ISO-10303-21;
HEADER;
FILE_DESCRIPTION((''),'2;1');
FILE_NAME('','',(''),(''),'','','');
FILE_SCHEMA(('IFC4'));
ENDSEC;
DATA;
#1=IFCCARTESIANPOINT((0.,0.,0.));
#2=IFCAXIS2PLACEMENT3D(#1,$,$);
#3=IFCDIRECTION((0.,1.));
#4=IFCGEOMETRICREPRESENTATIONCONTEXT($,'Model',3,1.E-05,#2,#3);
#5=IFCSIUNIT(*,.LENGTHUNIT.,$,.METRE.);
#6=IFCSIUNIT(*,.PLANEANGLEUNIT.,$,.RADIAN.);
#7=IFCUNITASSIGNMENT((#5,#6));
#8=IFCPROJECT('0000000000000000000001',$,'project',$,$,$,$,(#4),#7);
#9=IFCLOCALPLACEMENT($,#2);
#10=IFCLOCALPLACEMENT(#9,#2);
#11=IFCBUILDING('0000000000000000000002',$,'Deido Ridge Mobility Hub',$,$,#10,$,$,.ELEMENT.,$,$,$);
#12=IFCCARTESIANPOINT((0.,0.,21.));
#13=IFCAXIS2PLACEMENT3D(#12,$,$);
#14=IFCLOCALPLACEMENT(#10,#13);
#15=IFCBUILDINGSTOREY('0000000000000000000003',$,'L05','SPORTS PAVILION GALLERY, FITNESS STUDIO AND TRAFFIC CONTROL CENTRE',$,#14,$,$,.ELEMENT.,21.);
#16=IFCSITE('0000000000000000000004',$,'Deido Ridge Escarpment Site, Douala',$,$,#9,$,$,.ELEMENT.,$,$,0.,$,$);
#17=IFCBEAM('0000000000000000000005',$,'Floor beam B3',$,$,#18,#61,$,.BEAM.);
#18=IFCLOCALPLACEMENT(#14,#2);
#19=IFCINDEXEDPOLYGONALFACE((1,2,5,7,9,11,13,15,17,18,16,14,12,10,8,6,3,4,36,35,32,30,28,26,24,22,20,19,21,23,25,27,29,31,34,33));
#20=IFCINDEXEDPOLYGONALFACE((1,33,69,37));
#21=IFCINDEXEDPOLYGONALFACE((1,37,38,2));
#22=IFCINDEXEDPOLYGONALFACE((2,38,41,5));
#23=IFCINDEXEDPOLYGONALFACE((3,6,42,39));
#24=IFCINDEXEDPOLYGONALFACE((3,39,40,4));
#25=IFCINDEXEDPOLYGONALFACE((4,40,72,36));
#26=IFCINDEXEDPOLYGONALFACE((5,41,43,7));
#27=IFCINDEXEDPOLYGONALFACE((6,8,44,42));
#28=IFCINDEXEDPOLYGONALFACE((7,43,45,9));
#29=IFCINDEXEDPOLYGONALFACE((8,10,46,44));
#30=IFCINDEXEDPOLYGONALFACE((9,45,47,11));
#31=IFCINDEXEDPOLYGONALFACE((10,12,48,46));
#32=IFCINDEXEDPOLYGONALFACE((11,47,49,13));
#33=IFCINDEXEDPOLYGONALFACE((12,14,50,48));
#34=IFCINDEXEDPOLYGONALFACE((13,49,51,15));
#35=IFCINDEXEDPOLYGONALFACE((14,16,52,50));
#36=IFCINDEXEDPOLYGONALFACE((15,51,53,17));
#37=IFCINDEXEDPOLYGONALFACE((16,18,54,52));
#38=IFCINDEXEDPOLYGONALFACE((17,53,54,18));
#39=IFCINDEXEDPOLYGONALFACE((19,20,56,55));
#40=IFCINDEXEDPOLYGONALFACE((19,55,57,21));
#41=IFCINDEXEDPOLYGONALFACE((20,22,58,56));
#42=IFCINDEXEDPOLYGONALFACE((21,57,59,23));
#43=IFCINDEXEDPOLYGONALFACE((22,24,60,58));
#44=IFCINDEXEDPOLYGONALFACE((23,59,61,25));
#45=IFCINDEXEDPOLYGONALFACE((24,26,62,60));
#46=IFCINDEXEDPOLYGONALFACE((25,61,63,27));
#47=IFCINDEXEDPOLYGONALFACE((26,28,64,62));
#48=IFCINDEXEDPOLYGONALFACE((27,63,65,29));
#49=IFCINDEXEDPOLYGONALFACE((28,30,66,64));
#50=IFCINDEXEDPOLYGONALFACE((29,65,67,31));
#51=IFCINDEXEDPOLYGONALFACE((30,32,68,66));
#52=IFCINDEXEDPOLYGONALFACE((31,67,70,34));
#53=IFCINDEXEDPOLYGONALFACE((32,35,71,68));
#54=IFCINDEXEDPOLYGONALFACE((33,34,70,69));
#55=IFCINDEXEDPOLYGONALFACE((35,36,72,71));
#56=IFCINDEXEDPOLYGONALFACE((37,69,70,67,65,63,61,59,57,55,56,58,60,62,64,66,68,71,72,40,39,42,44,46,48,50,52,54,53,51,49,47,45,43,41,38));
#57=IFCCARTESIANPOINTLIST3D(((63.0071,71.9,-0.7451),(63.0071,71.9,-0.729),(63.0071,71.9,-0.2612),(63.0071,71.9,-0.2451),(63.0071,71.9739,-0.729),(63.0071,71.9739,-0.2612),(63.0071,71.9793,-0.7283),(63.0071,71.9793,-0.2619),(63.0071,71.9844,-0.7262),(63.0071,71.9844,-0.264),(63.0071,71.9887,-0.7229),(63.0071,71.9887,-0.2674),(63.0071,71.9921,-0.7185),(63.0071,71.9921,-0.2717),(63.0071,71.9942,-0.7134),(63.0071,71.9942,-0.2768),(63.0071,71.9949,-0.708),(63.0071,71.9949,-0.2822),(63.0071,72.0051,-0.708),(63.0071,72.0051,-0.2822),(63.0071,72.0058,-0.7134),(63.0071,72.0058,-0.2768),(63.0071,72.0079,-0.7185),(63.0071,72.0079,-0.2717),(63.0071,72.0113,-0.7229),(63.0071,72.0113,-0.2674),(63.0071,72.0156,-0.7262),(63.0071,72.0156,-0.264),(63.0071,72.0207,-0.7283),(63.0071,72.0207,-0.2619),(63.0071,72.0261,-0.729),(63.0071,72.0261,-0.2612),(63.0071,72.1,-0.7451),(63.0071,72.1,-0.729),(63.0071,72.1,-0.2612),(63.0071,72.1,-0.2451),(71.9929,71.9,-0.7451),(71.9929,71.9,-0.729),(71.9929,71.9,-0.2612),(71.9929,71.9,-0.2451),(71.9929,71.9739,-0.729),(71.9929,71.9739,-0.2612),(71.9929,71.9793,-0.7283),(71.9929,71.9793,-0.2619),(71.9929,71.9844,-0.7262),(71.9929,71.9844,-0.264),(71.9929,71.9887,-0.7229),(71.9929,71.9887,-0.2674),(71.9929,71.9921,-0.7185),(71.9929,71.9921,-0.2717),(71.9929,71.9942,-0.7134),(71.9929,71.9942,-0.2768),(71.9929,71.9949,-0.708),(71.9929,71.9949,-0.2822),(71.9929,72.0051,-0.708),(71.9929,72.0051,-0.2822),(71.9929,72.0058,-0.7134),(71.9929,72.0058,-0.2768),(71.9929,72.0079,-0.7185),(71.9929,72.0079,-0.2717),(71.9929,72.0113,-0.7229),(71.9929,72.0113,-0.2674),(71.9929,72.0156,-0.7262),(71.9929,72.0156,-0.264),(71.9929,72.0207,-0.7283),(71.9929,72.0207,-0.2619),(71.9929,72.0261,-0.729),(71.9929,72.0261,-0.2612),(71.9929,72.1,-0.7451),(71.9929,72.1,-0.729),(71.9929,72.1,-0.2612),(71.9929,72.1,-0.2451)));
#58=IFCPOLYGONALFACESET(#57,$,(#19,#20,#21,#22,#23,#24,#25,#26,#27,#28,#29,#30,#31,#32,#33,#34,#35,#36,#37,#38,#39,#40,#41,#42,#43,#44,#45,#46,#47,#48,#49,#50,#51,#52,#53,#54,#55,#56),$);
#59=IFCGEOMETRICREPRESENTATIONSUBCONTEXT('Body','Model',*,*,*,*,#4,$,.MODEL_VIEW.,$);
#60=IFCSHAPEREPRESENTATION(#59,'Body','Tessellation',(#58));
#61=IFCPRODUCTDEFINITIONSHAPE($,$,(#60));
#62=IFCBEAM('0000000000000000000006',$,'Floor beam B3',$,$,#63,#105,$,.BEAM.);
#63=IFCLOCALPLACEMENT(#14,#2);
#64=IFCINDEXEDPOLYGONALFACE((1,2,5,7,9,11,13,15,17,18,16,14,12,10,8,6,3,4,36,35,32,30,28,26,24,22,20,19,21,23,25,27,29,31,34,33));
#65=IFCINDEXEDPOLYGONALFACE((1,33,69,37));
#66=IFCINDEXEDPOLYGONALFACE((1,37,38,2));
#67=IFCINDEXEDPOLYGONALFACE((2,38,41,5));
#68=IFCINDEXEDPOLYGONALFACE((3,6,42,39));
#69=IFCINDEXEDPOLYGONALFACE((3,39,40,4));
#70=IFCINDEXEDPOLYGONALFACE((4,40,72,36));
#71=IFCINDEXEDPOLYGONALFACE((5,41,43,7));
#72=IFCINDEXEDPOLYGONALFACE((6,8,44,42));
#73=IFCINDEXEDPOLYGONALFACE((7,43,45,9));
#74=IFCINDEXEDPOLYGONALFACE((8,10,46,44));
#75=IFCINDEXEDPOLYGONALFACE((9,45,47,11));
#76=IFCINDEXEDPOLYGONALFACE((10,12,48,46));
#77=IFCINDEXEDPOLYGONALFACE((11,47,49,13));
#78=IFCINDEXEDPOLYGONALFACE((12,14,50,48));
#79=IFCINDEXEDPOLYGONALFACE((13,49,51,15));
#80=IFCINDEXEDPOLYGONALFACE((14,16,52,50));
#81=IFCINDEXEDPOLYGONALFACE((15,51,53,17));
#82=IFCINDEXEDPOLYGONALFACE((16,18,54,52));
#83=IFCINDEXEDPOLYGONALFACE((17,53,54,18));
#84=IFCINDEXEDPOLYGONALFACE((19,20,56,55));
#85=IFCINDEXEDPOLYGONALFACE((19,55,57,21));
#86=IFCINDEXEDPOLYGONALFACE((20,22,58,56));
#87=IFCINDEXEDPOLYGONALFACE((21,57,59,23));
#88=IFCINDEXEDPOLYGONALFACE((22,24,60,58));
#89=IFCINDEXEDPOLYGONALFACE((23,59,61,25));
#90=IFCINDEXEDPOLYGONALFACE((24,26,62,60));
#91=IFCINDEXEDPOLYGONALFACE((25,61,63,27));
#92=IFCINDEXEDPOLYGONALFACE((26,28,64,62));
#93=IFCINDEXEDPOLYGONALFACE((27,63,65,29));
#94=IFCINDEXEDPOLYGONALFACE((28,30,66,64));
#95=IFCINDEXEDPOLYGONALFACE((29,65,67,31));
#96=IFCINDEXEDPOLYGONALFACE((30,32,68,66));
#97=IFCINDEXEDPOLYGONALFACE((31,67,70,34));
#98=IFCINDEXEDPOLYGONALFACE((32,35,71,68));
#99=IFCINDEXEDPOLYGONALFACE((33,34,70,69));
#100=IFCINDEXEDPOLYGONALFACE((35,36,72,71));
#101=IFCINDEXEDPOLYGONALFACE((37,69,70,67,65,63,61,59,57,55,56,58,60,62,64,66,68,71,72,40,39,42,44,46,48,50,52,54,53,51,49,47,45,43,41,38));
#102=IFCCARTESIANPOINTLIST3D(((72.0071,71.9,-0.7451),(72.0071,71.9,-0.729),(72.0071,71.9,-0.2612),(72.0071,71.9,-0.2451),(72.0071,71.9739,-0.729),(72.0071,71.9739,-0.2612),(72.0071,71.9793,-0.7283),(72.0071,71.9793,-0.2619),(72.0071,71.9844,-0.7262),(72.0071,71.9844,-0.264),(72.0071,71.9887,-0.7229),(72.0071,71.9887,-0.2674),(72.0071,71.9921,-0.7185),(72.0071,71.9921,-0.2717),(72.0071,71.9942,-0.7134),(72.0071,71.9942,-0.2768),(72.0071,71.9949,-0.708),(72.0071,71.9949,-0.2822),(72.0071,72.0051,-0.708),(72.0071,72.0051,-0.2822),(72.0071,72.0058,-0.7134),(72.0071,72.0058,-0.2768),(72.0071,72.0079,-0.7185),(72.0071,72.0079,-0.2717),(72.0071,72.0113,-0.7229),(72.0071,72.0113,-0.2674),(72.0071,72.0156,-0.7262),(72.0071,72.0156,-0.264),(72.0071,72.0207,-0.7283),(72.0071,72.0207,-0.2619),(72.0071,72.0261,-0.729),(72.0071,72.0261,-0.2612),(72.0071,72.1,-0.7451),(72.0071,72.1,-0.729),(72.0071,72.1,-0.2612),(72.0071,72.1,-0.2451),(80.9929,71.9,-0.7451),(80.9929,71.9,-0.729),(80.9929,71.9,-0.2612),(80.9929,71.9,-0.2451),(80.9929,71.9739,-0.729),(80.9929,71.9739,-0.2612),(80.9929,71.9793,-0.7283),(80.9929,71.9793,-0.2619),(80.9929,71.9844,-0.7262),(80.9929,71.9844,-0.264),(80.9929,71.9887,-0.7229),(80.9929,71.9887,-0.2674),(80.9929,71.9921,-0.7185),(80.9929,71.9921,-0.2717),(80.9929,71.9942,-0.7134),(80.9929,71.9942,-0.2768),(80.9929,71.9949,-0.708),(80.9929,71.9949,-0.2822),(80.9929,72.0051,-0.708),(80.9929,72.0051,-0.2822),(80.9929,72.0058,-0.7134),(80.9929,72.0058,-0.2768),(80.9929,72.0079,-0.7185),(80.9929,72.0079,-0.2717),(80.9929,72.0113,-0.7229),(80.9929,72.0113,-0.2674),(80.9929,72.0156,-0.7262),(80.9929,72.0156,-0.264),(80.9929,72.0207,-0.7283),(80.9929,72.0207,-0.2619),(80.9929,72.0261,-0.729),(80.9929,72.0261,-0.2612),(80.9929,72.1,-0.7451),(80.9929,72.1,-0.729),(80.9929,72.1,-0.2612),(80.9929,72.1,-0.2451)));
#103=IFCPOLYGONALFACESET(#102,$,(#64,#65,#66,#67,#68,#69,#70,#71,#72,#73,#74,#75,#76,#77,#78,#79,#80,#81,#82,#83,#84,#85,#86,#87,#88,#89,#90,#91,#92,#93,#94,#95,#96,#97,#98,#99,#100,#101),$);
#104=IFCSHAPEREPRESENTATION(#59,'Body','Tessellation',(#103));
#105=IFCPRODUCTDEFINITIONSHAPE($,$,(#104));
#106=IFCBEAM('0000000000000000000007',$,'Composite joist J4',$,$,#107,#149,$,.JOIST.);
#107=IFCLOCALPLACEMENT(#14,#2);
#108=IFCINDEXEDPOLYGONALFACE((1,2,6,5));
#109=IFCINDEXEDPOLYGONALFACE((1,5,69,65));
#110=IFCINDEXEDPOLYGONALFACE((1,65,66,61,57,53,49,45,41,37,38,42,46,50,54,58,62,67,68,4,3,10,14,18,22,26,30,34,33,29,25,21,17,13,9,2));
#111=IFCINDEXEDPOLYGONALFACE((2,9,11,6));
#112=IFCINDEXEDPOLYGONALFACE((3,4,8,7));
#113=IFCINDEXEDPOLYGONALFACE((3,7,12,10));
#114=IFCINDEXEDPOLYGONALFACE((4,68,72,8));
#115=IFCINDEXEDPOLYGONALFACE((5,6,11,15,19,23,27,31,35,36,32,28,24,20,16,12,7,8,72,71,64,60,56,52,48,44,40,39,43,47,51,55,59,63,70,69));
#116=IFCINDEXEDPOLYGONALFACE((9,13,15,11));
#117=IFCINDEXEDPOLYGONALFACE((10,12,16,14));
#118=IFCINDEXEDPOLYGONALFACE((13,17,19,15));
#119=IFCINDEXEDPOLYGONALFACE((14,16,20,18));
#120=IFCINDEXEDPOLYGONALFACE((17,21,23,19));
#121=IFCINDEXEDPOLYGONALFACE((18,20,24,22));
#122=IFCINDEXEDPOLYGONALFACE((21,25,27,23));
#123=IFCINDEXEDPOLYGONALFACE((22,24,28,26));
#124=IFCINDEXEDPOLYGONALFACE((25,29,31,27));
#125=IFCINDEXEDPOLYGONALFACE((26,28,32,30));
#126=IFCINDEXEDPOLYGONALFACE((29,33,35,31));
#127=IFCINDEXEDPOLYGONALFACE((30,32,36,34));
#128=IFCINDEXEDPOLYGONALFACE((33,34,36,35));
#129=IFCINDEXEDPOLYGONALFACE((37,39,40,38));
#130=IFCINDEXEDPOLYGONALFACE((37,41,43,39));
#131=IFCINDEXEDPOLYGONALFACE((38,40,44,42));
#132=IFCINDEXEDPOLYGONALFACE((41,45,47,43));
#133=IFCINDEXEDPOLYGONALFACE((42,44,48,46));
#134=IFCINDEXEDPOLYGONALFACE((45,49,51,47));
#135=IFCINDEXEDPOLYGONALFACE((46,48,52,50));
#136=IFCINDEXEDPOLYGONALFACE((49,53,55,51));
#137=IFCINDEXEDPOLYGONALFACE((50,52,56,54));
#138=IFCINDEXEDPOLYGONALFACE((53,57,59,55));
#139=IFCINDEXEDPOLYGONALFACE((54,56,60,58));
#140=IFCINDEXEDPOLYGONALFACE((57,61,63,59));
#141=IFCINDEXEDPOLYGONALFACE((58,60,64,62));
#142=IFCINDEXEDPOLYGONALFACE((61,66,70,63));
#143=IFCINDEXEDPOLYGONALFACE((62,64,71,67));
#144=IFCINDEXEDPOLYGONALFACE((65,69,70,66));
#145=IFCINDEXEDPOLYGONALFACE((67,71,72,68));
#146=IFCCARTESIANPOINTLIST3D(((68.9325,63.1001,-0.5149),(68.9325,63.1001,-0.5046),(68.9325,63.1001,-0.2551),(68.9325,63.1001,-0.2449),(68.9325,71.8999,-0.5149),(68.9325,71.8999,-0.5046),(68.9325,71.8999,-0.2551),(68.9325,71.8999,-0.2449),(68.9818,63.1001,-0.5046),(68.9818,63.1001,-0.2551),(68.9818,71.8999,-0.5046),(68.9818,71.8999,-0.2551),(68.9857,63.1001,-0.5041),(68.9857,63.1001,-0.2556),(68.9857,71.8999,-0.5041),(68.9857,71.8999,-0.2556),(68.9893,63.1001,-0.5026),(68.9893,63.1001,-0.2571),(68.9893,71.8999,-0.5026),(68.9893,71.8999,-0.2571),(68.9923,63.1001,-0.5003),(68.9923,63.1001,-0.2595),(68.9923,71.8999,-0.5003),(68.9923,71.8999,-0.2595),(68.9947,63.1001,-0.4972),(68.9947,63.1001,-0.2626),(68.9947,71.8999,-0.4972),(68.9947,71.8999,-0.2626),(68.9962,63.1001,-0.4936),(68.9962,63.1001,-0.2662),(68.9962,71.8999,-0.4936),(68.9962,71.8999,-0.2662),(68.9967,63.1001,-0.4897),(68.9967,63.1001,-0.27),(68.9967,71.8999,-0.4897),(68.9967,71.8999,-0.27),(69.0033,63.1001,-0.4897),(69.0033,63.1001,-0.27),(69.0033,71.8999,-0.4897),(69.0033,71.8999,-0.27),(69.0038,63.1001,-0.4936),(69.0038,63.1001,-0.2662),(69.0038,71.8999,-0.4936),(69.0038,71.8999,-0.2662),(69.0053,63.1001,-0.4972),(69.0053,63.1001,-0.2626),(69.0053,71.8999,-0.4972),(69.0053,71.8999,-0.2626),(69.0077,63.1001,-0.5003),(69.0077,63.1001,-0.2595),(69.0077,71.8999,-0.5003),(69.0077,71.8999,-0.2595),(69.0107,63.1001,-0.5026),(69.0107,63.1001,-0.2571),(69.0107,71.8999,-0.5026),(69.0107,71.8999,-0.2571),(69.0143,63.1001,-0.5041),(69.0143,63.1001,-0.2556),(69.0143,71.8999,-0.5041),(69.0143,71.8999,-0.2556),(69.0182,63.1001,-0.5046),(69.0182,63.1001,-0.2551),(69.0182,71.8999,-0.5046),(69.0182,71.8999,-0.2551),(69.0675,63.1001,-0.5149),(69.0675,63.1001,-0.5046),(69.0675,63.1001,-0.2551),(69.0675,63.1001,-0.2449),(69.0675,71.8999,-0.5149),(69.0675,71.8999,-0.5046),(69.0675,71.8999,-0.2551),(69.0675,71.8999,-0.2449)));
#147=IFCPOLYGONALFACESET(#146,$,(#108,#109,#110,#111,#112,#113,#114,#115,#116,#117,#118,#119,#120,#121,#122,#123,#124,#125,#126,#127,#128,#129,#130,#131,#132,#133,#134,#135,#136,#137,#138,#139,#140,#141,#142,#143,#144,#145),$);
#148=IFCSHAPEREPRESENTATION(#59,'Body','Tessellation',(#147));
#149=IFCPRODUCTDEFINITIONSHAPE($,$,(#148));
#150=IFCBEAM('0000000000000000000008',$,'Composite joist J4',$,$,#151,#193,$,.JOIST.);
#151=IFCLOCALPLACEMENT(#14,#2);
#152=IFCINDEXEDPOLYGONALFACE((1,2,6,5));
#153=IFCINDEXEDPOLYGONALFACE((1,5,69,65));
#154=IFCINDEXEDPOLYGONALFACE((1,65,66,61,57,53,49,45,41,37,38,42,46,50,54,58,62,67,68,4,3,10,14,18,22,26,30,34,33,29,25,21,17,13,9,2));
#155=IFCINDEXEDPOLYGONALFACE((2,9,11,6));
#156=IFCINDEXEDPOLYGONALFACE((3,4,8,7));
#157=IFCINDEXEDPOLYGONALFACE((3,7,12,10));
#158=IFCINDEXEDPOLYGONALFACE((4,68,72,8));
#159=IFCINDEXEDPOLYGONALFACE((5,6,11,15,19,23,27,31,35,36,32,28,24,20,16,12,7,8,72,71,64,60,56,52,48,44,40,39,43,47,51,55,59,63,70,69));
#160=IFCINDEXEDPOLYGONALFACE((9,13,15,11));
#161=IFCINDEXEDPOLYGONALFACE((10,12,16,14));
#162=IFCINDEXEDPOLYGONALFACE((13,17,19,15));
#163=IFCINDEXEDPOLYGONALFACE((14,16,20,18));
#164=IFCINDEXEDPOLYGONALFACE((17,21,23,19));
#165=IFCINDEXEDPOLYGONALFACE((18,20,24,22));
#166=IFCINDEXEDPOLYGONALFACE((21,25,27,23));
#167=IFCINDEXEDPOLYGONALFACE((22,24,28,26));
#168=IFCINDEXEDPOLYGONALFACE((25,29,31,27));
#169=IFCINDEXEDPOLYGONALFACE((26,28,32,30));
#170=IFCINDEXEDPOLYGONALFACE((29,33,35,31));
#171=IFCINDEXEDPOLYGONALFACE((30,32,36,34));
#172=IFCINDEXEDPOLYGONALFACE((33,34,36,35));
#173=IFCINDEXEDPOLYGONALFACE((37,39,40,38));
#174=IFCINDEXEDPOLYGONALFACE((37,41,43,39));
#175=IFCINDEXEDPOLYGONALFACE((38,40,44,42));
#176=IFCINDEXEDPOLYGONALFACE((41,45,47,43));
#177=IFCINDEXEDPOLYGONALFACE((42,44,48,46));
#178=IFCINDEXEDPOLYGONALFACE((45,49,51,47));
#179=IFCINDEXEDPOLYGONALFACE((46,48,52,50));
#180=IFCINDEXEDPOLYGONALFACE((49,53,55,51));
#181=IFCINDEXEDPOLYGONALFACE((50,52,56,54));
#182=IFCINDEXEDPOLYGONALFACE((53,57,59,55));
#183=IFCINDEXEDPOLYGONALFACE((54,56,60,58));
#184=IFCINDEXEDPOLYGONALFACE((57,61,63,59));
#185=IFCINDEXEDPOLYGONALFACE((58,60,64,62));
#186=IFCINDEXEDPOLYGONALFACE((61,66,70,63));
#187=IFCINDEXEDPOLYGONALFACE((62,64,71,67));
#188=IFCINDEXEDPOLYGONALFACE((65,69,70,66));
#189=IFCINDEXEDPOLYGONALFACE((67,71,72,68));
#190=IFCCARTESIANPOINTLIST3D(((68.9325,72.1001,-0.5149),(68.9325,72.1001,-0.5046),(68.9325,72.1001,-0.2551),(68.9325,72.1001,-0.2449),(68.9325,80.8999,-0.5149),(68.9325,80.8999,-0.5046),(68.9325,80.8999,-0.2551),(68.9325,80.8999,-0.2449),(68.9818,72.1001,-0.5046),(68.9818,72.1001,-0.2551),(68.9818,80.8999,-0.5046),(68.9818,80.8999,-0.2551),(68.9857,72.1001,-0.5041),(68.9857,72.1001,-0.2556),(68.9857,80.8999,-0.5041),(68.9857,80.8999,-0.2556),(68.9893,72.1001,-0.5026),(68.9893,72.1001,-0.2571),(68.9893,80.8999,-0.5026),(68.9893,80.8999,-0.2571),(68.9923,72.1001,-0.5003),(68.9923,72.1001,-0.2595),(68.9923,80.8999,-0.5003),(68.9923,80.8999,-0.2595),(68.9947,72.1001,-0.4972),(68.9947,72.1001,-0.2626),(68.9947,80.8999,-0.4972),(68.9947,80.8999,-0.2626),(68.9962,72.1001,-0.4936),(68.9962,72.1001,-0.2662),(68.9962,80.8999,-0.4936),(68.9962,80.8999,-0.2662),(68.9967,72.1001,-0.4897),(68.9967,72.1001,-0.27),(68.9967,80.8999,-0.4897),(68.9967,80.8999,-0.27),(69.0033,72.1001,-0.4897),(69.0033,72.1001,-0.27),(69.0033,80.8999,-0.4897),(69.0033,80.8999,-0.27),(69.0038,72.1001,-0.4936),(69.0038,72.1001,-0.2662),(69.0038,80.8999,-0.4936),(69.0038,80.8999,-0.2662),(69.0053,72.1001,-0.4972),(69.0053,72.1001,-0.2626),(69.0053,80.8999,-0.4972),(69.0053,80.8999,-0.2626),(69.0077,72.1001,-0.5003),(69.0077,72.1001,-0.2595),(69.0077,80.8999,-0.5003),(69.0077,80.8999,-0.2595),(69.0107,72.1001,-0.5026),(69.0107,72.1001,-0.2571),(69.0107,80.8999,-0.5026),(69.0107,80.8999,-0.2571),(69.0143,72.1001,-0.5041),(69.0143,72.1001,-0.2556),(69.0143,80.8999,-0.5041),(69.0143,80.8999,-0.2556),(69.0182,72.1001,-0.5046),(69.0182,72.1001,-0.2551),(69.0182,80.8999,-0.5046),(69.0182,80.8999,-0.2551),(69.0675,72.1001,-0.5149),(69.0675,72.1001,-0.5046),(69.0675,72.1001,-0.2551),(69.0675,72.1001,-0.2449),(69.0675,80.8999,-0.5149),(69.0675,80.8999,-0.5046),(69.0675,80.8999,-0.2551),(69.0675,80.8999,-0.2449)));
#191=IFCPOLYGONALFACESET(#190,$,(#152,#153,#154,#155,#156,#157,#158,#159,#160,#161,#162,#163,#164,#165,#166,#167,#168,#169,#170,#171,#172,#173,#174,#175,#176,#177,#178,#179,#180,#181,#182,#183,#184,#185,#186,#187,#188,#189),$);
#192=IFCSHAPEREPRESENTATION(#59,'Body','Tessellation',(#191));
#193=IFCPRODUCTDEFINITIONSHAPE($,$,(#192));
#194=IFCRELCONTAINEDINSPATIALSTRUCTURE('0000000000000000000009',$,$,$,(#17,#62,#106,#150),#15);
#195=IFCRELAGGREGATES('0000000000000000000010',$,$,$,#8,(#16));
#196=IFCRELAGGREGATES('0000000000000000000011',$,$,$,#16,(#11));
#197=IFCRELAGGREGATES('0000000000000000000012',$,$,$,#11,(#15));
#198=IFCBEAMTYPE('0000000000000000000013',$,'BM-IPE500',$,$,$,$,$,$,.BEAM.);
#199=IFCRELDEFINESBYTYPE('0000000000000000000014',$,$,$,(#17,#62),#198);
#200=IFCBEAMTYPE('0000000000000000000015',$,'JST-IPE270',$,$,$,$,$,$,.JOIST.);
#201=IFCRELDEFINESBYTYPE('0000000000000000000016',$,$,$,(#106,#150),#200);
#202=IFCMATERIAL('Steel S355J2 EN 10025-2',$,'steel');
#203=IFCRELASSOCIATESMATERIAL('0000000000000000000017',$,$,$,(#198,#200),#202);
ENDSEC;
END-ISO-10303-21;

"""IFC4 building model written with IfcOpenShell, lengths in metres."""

from ifc_helpers import new_model, si_unit, direction, frame, origin, origin_2d, place, context, subcontext, project, spatial, i_section, extrude, material, material_profile, profile_set, type_object, element, save


model = new_model("IFC4")

# Units and contexts
model_context = context("Model", 3, precision=1e-05, world=origin(), true_north=direction((0.0, 1.0)))
body_context = subcontext(model_context, "Body", "Model", "MODEL_VIEW")
ifc_project = project(units=[si_unit("LENGTHUNIT", "METRE"), si_unit("PLANEANGLEUNIT", "RADIAN")], contexts=[model_context])

# Site, building, storey
site_placement = place(None, origin())
site = spatial("IfcSite", under=ifc_project, at=site_placement, Name="Deido Ridge Escarpment Site, Douala", CompositionType="ELEMENT", RefElevation=0.0)
building_placement = place(site_placement, origin())
building = spatial("IfcBuilding", under=site, at=building_placement, Name="Deido Ridge Mobility Hub", CompositionType="ELEMENT")
storey_placement = place(building_placement, frame((0.0, 0.0, 21.0)))
storey = spatial("IfcBuildingStorey", under=building, at=storey_placement, Name="L05", Description="SPORTS PAVILION GALLERY, FITNESS STUDIO AND TRAFFIC CONTROL CENTRE", CompositionType="ELEMENT", Elevation=21.0)

# Shared definitions
ifc_material_1 = material(Name="Steel S355J2 EN 10025-2", Category="steel")

# Beams
ifc_material_profile_1 = material_profile(ifc_material_1, i_section(OverallWidth=0.2, OverallDepth=0.5, WebThickness=0.0103, FlangeThickness=0.0161, FilletRadius=0.021, at=origin_2d()), Name="IPE 500")
ifc_profile_set_1 = profile_set([ifc_material_profile_1], Name="Steel S355J2 EN 10025-2")
beam_type_1 = type_object("IfcBeamType", Name="BM-IPE500", PredefinedType="BEAM", material=ifc_profile_set_1)
for number, where, z_axis, x_axis, name in (
    (1, (63.0071, 72.0, -0.4951), (1.0, 0.0, 0.0), (0.0, 1.0, 0.0), "Floor beam B3"),
    (2, (72.0071, 72.0, -0.4951), (1.0, 0.0, 0.0), (0.0, 1.0, 0.0), "Floor beam B3"),
):
    element("IfcBeam", number, at=place(storey_placement, frame(where, z_axis=z_axis, x_axis=x_axis)), inside=storey, type_object=beam_type_1, Name=name, PredefinedType="BEAM", context=body_context, shape_type="SweptSolid", body=[
        extrude(i_section(OverallWidth=0.2, OverallDepth=0.5, WebThickness=0.0103, FlangeThickness=0.0161, FilletRadius=0.021, at=origin_2d()), origin(), (0.0, 0.0, 1.0), 8.9858),
    ])
ifc_material_profile_2 = material_profile(ifc_material_1, i_section(OverallWidth=0.135, OverallDepth=0.27, WebThickness=0.0066, FlangeThickness=0.0103, FilletRadius=0.0149, at=origin_2d()), Name="IPE 270")
ifc_profile_set_2 = profile_set([ifc_material_profile_2], Name="Steel S355J2 EN 10025-2")
beam_type_2 = type_object("IfcBeamType", Name="JST-IPE270", PredefinedType="JOIST", material=ifc_profile_set_2)
for number, where, z_axis, x_axis, name in (
    (3, (69.0, 63.1001, -0.3799), (0.0, 1.0, 0.0), (-1.0, 0.0, 0.0), "Composite joist J4"),
    (4, (69.0, 72.1001, -0.3799), (0.0, 1.0, 0.0), (-1.0, 0.0, 0.0), "Composite joist J4"),
):
    element("IfcBeam", number, at=place(storey_placement, frame(where, z_axis=z_axis, x_axis=x_axis)), inside=storey, type_object=beam_type_2, Name=name, PredefinedType="JOIST", context=body_context, shape_type="SweptSolid", body=[
        extrude(i_section(OverallWidth=0.135, OverallDepth=0.27, WebThickness=0.0066, FlangeThickness=0.0103, FilletRadius=0.0149, at=origin_2d()), origin(), (0.0, 0.0, 1.0), 8.7998),
    ])

save(model, "model.ifc")
